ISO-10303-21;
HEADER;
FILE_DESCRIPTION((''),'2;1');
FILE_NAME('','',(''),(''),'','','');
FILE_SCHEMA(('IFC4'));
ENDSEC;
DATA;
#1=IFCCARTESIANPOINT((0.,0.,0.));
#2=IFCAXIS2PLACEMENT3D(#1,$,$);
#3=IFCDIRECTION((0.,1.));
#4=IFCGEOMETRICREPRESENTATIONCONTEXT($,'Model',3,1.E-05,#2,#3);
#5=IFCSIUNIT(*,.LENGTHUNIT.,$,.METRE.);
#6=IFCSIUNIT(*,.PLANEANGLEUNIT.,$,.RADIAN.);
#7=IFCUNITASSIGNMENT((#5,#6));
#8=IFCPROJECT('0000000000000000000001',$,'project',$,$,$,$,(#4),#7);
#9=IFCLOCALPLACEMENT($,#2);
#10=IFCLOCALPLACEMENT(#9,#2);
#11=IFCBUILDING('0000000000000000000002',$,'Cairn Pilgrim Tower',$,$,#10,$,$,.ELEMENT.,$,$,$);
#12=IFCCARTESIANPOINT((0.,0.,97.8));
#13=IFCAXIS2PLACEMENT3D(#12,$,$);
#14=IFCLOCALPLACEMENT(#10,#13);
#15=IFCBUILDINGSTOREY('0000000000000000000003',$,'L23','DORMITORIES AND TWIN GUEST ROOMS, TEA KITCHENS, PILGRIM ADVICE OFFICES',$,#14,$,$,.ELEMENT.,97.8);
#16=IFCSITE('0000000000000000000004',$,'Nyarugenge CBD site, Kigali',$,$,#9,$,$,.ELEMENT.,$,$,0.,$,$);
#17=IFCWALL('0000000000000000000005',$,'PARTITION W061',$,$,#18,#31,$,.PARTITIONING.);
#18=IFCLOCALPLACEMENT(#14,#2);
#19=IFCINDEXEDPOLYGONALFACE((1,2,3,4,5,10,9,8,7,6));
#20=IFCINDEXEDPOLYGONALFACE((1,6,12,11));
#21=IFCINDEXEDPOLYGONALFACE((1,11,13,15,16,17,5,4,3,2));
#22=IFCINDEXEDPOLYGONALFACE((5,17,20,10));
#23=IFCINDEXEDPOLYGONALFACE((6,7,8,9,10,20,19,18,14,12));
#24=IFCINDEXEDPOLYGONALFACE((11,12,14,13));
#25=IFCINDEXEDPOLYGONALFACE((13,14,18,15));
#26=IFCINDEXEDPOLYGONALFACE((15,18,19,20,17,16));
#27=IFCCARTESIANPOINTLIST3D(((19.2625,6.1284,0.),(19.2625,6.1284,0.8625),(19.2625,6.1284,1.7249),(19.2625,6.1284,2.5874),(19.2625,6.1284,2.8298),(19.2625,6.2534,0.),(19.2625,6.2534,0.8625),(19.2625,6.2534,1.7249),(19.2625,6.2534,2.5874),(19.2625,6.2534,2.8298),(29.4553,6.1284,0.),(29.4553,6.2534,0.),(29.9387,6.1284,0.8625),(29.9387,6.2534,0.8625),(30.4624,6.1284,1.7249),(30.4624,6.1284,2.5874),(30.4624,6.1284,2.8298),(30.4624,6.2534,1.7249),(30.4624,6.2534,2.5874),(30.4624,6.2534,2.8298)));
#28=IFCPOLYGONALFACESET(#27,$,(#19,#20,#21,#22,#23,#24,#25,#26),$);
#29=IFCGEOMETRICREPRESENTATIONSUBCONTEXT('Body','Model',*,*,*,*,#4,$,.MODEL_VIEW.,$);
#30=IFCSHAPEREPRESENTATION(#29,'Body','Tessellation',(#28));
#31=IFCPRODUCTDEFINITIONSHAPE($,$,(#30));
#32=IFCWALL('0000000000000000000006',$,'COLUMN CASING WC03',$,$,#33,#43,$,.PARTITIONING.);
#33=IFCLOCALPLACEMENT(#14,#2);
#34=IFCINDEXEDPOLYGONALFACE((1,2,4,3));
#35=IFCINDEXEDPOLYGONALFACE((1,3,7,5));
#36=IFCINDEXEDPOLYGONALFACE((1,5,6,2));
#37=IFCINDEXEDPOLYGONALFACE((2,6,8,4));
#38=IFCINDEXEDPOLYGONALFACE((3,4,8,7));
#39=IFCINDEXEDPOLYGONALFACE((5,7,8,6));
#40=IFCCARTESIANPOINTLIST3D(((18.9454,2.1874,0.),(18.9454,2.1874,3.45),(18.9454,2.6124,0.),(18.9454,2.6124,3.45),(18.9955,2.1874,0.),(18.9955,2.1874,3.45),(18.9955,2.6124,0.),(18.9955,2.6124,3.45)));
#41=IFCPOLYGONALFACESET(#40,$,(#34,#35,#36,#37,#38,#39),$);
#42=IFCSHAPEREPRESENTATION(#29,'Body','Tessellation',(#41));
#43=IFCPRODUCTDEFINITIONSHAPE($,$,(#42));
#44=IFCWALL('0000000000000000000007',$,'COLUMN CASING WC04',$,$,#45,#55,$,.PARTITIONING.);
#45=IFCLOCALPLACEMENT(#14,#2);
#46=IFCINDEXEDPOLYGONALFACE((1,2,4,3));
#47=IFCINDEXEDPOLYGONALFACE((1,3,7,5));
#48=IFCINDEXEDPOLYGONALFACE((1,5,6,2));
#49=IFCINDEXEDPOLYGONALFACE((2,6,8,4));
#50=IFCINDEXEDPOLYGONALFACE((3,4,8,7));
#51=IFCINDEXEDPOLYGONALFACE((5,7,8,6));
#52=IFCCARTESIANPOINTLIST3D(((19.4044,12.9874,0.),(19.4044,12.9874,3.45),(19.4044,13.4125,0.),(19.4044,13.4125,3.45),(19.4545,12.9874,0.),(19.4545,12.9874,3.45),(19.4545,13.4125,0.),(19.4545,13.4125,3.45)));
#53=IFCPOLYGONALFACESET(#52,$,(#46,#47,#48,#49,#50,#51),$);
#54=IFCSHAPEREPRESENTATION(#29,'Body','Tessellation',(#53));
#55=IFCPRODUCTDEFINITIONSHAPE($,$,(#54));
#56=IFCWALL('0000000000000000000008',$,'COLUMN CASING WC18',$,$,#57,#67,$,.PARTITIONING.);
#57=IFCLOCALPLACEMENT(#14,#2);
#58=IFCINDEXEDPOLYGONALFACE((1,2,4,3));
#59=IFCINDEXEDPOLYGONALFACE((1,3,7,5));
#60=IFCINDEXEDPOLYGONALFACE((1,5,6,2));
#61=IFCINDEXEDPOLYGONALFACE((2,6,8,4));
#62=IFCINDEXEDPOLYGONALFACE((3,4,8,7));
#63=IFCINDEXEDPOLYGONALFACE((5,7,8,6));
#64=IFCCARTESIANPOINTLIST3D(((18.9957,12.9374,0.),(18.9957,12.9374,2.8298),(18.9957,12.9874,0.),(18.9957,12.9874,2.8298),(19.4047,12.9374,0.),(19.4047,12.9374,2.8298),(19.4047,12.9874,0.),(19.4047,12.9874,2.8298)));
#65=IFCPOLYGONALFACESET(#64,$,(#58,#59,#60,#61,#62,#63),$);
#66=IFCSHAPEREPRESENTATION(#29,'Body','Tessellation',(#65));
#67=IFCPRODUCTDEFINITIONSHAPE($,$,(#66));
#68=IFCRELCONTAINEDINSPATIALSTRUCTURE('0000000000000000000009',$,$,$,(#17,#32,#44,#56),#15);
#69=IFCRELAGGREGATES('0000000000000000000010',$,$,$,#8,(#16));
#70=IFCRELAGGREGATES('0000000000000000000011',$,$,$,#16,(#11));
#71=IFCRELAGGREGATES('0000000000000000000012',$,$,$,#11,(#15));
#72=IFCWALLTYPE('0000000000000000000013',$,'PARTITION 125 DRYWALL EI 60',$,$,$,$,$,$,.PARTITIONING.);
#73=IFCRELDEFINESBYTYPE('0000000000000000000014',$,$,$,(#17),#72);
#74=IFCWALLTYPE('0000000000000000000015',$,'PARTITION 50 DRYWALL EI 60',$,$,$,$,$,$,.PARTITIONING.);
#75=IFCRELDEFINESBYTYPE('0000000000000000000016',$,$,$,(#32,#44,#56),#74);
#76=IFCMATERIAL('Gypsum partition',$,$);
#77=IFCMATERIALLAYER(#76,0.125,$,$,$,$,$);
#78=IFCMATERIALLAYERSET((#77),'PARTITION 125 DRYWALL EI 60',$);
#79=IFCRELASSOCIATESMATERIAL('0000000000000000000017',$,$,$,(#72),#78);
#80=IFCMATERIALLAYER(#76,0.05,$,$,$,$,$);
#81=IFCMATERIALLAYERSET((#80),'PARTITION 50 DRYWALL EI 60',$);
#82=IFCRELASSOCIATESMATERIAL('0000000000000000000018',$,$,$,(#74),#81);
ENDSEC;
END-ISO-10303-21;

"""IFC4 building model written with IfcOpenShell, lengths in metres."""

from ifc_helpers import new_model, si_unit, direction, frame, frame_2d, origin, place, context, subcontext, project, spatial, polyline, rectangle, outline, extrude, material, layer, layer_set, type_object, element, save


model = new_model("IFC4")

# Units and contexts
model_context = context("Model", 3, precision=1e-05, world=origin(), true_north=direction((0.0, 1.0)))
body_context = subcontext(model_context, "Body", "Model", "MODEL_VIEW")
ifc_project = project(units=[si_unit("LENGTHUNIT", "METRE"), si_unit("PLANEANGLEUNIT", "RADIAN")], contexts=[model_context])

# Site, building, storey
site_placement = place(None, origin())
site = spatial("IfcSite", under=ifc_project, at=site_placement, Name="Nyarugenge CBD site, Kigali", CompositionType="ELEMENT", RefElevation=0.0)
building_placement = place(site_placement, origin())
building = spatial("IfcBuilding", under=site, at=building_placement, Name="Cairn Pilgrim Tower", CompositionType="ELEMENT")
storey_placement = place(building_placement, frame((0.0, 0.0, 97.8)))
storey = spatial("IfcBuildingStorey", under=building, at=storey_placement, Name="L23", Description="DORMITORIES AND TWIN GUEST ROOMS, TEA KITCHENS, PILGRIM ADVICE OFFICES", CompositionType="ELEMENT", Elevation=97.8)

# Shared definitions
ifc_material_1 = material(Name="Gypsum partition")

# Shared definitions
ifc_layer_1 = layer(ifc_material_1, 0.125)
ifc_layer_set_1 = layer_set([ifc_layer_1], Name="PARTITION 125 DRYWALL EI 60")
wall_type_1 = type_object("IfcWallType", Name="PARTITION 125 DRYWALL EI 60", PredefinedType="PARTITIONING", material=ifc_layer_set_1)

# Walls
wall_1_placement = place(storey_placement, frame((19.2625, 6.1909, 0.0), z_axis=(0.0, 0.0, 1.0), x_axis=(1.0, 0.0, 0.0)))
element("IfcWall", 1, at=wall_1_placement, inside=storey, type_object=wall_type_1, Name="PARTITION W061", PredefinedType="PARTITIONING", context=body_context, shape_type="SweptSolid", body=[
    extrude(outline(polyline([(0.0, 0.0), (10.1929, 0.0), (10.6763, 0.8625), (11.2, 1.7249), (11.2, 2.5874), (11.2, 2.8298), (0.0, 2.8298), (0.0, 2.5874), (0.0, 1.7249), (0.0, 0.8625), (0.0, 0.0)])), frame((0.0, 0.0625, 0.0), z_axis=(0.0, -1.0, 0.0), x_axis=(1.0, 0.0, 0.0)), (0.0, 0.0, 1.0), 0.125),
])
ifc_layer_2 = layer(ifc_material_1, 0.05)
ifc_layer_set_2 = layer_set([ifc_layer_2], Name="PARTITION 50 DRYWALL EI 60")
wall_type_2 = type_object("IfcWallType", Name="PARTITION 50 DRYWALL EI 60", PredefinedType="PARTITIONING", material=ifc_layer_set_2)
for number, where, z_axis, x_axis, name in (
    (2, (18.9705, 2.1875, 0.0), (0.0, 0.0, 1.0), (0.0, 1.0, 0.0), "COLUMN CASING WC03"),
    (3, (19.4294, 12.9875, 0.0), (0.0, 0.0, 1.0), (0.0, 1.0, 0.0), "COLUMN CASING WC04"),
):
    element("IfcWall", number, at=place(storey_placement, frame(where, z_axis=z_axis, x_axis=x_axis)), inside=storey, type_object=wall_type_2, Name=name, PredefinedType="PARTITIONING", context=body_context, shape_type="SweptSolid", body=[
        extrude(rectangle(XDim=0.425, YDim=0.05, at=frame_2d((0.2124, 0.0))), origin(), (0.0, 0.0, 1.0), 3.45),
    ])
wall_2_placement = place(storey_placement, frame((18.9956, 12.9624, 0.0), z_axis=(0.0, 0.0, 1.0), x_axis=(1.0, 0.0, 0.0)))
element("IfcWall", 4, at=wall_2_placement, inside=storey, type_object=wall_type_2, Name="COLUMN CASING WC18", PredefinedType="PARTITIONING", context=body_context, shape_type="SweptSolid", body=[
    extrude(rectangle(XDim=0.4089, YDim=0.05, at=frame_2d((0.2046, 0.0))), origin(), (0.0, 0.0, 1.0), 2.8298),
])

save(model, "model.ifc")
